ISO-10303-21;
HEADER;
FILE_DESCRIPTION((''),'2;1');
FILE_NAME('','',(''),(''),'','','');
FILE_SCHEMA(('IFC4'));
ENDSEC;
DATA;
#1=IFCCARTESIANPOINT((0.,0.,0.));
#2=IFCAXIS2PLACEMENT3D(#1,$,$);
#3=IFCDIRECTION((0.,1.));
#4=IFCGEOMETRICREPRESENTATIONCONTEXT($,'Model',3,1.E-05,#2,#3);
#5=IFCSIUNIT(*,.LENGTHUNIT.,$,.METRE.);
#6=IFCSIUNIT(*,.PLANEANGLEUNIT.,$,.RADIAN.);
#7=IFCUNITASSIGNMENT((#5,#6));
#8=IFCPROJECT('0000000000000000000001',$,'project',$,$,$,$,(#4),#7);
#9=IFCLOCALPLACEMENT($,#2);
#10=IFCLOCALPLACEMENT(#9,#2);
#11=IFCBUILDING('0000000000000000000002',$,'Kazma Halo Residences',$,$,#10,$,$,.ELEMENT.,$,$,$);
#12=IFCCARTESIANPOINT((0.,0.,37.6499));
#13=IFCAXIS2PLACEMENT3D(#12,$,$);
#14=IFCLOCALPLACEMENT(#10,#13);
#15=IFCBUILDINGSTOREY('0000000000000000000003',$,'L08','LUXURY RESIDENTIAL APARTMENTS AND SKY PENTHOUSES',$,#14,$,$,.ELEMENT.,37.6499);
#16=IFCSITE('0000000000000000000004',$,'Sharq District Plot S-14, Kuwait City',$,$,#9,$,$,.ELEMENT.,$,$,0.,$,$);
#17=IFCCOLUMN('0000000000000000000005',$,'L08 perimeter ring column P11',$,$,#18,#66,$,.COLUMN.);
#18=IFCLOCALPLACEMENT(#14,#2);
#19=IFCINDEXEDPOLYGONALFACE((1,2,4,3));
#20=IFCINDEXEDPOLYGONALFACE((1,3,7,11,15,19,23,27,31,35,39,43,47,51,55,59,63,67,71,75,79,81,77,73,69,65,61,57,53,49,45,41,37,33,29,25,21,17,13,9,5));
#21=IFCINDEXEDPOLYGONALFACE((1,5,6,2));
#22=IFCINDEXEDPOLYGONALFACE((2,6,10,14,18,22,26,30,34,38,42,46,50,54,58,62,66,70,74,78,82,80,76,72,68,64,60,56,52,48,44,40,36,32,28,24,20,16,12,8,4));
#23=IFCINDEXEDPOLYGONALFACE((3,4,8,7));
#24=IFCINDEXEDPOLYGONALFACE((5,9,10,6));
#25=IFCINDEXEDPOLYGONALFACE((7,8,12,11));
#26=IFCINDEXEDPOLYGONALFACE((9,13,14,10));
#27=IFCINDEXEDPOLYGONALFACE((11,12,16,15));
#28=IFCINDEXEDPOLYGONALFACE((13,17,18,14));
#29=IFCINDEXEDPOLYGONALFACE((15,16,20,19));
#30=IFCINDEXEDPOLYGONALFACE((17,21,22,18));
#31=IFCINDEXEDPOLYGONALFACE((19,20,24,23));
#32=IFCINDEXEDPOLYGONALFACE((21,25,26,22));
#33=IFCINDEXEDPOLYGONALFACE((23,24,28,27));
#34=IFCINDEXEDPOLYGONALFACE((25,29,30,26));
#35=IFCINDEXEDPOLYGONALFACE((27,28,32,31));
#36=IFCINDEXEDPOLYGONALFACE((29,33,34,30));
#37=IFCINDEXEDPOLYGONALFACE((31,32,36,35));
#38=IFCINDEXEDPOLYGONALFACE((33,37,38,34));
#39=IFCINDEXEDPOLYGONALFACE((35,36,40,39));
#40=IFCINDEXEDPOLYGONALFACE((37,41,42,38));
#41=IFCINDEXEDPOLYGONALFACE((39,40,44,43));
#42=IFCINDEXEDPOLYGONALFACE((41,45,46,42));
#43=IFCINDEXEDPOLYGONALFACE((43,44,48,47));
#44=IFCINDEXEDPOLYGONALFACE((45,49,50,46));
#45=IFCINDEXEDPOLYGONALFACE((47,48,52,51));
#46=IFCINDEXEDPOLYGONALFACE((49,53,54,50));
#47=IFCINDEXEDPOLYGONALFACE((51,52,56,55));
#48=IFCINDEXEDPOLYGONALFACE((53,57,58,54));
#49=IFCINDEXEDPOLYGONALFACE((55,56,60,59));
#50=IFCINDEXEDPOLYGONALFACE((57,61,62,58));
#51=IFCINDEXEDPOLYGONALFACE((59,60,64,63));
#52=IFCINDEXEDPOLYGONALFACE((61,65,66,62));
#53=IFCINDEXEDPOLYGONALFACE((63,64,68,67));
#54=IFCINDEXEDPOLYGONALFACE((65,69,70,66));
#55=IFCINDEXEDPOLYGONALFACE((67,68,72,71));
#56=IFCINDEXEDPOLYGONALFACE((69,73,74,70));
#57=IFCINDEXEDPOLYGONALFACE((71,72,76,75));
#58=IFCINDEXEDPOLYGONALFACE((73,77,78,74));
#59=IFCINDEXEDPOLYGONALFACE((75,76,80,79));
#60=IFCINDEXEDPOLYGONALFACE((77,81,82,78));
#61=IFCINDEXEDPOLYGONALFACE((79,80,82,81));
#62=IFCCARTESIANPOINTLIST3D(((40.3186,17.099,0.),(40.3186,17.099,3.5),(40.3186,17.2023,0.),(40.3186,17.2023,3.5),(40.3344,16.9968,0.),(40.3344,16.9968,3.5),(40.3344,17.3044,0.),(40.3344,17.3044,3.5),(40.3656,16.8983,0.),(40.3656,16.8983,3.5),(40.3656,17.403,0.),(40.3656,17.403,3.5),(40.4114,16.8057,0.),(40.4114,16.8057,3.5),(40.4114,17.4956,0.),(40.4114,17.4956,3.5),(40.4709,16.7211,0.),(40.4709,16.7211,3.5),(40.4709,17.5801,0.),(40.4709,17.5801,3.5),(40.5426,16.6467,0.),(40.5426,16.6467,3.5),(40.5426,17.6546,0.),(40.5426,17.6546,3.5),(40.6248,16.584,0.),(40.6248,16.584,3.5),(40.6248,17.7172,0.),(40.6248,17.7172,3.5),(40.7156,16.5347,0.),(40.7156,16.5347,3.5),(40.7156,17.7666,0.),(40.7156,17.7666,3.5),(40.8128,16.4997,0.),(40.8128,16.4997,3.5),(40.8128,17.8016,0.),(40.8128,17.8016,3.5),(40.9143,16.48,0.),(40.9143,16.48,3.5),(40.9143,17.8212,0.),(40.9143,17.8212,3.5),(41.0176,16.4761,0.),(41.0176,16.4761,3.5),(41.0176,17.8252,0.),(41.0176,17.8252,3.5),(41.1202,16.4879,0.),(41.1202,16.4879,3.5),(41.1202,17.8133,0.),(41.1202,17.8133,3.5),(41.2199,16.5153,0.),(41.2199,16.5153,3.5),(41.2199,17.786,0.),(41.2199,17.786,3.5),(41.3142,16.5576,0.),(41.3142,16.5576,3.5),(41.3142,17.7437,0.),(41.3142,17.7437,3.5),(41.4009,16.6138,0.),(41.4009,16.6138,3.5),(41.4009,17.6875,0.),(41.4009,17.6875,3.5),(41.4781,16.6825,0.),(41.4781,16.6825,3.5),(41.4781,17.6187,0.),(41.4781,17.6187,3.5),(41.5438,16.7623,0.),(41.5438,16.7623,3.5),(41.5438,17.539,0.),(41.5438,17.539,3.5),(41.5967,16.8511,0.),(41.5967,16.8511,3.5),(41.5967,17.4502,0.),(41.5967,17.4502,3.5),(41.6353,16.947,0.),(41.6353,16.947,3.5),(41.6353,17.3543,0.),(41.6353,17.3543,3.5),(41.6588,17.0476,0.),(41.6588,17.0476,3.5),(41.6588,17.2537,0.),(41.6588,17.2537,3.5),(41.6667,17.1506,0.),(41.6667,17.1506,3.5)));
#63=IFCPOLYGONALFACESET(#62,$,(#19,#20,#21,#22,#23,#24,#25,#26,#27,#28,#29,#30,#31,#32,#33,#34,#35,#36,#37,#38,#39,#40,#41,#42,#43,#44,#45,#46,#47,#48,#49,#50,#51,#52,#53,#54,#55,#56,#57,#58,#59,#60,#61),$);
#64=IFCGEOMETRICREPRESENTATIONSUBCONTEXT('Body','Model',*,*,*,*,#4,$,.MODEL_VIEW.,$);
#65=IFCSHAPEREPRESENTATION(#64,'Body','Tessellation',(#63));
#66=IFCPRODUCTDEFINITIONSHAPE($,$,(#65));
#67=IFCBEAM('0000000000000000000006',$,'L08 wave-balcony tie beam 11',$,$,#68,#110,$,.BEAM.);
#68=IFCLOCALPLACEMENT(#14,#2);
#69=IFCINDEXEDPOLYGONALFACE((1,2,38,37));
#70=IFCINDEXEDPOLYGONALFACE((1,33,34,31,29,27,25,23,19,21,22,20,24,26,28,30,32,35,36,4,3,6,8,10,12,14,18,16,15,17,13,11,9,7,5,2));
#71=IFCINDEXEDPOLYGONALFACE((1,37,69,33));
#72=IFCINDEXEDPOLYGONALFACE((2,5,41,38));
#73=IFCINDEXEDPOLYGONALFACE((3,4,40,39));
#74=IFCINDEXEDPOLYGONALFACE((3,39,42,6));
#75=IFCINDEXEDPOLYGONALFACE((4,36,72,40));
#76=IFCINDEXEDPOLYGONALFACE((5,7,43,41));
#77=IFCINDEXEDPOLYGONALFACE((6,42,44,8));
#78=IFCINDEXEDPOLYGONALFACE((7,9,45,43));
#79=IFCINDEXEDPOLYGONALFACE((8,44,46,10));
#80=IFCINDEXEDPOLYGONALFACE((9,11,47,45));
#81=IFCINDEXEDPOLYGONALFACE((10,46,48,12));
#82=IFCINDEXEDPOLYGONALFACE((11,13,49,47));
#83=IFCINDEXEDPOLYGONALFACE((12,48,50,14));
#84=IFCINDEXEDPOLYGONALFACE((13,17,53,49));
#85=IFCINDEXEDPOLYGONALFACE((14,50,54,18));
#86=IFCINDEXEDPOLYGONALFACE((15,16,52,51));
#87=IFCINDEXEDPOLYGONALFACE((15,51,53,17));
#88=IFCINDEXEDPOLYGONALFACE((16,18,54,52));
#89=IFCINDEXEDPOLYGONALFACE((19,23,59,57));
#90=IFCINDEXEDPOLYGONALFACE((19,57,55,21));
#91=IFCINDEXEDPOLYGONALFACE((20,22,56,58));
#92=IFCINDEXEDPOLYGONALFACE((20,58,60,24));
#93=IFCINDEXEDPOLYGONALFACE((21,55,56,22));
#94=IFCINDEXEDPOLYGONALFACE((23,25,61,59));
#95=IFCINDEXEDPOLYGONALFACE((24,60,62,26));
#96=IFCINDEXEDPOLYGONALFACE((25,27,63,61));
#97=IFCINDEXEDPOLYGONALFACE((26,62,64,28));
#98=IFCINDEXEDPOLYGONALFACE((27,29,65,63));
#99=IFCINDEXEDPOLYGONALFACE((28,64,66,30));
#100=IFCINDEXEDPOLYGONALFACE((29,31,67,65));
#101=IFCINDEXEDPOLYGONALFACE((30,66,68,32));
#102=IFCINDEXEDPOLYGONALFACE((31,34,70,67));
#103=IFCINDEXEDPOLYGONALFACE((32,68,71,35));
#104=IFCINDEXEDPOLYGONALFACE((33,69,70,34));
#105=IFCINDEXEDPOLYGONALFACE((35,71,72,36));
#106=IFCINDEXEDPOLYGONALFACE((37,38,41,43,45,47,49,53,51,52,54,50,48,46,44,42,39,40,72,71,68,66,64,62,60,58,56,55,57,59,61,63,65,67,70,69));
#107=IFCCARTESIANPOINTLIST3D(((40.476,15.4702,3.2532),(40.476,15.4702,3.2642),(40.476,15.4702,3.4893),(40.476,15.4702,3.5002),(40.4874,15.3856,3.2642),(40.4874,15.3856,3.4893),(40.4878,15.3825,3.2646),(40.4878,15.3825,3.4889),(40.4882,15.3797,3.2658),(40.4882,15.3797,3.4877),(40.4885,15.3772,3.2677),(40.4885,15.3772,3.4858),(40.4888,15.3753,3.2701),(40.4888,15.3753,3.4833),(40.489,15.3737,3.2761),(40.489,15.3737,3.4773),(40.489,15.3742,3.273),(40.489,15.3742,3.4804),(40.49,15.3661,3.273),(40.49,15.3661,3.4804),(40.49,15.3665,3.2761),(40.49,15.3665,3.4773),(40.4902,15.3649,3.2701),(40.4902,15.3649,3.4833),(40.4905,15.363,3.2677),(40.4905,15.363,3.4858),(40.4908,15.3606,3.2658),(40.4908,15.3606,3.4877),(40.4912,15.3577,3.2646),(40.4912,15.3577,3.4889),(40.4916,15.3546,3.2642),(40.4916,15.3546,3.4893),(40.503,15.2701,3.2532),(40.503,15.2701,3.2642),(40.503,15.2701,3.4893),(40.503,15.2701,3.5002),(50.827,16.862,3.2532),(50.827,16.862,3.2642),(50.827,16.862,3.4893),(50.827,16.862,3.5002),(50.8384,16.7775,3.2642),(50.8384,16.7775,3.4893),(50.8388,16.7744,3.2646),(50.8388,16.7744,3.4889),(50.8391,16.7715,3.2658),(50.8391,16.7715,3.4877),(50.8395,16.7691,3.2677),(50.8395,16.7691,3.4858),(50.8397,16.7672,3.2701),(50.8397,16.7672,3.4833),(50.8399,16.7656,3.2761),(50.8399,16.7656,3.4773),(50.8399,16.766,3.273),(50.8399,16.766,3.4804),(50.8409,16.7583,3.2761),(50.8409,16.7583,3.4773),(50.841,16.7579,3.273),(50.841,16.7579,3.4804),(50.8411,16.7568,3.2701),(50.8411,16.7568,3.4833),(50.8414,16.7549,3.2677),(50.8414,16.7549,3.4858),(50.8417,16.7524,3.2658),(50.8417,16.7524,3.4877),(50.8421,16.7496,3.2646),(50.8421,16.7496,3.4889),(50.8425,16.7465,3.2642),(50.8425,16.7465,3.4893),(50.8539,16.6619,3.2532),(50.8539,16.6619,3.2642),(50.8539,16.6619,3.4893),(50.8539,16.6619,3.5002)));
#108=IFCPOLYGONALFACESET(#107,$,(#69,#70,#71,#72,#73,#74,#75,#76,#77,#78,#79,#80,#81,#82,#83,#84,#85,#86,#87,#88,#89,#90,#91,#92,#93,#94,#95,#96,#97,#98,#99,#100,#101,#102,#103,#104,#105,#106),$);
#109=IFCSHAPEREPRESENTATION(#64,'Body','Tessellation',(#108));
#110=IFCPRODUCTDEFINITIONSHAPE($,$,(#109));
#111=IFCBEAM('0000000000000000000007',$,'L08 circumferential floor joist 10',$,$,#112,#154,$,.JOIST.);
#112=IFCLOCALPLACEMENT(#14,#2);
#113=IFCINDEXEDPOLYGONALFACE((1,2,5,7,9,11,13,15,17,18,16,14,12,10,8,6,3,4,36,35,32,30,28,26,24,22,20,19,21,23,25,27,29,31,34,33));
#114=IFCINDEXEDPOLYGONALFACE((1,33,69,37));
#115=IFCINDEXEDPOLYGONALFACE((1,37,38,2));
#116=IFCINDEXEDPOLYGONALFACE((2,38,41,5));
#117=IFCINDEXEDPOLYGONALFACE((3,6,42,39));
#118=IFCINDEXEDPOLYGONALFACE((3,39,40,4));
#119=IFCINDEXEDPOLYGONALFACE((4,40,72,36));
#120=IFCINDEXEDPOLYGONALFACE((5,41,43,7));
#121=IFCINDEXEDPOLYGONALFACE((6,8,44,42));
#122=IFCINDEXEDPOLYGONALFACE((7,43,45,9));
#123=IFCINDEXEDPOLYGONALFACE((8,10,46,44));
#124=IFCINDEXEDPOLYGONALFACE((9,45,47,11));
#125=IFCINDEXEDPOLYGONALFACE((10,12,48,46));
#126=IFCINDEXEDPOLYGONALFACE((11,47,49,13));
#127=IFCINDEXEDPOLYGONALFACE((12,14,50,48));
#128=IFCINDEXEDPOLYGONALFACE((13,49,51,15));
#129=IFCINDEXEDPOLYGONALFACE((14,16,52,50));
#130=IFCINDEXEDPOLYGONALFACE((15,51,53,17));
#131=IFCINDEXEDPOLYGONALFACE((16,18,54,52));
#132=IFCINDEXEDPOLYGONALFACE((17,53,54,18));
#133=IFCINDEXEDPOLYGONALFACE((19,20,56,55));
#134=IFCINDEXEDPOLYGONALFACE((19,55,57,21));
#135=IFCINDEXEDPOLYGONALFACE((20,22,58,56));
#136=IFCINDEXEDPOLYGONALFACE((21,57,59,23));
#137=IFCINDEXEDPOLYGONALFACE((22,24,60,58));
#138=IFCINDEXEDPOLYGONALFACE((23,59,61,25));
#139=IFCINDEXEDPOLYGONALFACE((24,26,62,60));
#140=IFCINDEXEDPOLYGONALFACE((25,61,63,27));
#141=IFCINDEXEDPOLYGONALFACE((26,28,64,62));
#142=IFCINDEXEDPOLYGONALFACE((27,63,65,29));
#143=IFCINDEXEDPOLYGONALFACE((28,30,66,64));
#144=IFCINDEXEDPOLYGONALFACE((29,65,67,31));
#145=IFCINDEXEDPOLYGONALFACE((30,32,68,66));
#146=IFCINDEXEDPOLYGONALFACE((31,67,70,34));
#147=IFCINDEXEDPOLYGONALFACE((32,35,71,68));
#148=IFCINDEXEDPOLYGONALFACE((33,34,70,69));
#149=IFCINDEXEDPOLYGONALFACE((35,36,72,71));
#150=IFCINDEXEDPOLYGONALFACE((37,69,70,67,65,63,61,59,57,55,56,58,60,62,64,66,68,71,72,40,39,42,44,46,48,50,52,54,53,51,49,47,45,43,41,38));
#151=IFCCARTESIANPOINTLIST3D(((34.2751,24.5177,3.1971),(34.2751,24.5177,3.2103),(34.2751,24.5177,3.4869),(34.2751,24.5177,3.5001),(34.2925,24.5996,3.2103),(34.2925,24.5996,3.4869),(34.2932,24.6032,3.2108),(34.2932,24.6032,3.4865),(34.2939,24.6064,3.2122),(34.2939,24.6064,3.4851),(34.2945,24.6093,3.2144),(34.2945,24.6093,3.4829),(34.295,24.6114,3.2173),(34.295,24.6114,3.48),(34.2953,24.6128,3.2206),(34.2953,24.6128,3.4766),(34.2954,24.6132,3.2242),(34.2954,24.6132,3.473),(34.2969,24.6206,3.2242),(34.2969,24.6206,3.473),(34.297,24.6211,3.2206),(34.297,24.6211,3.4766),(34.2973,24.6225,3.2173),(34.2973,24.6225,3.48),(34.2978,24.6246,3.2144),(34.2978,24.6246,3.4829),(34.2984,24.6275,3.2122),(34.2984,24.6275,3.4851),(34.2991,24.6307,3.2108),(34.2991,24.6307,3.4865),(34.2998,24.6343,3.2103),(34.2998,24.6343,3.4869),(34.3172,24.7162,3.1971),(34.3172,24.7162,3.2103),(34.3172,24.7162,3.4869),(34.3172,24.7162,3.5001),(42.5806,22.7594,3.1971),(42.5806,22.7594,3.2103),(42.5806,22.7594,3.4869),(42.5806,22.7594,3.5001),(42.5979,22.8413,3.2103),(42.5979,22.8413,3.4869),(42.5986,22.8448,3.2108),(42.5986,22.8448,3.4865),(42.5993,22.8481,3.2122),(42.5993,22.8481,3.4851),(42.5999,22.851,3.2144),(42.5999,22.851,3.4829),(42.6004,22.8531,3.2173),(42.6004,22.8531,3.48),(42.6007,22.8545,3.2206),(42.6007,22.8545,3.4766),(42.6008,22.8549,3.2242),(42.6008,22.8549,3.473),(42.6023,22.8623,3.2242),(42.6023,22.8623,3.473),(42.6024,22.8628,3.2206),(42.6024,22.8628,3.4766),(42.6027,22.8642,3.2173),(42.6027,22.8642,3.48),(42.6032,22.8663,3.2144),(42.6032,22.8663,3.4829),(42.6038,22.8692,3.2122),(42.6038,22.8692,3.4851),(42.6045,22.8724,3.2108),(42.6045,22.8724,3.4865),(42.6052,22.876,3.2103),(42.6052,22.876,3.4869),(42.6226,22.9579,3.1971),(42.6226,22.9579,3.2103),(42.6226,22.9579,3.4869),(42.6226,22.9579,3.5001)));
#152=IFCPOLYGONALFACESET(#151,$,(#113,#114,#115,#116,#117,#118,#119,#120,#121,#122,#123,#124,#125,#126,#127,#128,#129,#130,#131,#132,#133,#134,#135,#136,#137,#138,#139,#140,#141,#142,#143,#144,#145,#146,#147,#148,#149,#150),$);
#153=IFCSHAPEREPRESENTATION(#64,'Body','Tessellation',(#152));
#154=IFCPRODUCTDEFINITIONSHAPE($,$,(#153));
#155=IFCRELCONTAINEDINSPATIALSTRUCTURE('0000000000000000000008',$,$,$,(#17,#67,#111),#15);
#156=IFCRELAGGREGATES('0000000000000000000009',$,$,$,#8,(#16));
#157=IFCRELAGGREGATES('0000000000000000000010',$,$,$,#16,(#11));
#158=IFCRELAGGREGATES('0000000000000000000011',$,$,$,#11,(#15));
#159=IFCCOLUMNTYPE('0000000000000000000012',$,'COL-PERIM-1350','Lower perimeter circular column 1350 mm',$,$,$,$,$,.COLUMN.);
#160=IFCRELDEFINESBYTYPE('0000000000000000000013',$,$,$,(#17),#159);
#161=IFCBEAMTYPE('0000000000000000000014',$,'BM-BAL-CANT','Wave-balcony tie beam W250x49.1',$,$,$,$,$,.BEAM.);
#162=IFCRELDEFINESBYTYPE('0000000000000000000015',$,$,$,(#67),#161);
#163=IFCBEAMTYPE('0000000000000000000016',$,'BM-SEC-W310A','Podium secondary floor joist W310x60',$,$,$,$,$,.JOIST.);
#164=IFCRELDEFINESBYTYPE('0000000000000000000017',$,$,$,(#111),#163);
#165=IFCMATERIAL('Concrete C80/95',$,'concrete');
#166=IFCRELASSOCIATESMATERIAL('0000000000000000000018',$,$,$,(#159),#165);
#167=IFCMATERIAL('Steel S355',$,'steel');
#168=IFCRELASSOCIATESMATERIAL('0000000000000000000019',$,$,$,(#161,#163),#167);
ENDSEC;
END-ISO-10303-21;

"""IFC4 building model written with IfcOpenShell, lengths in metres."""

from ifc_helpers import new_model, si_unit, direction, frame, origin, origin_2d, place, context, subcontext, project, spatial, circle, i_section, extrude, material, material_profile, profile_set, type_object, element, save


model = new_model("IFC4")

# Units and contexts
model_context = context("Model", 3, precision=1e-05, world=origin(), true_north=direction((0.0, 1.0)))
body_context = subcontext(model_context, "Body", "Model", "MODEL_VIEW")
ifc_project = project(units=[si_unit("LENGTHUNIT", "METRE"), si_unit("PLANEANGLEUNIT", "RADIAN")], contexts=[model_context])

# Site, building, storey
site_placement = place(None, origin())
site = spatial("IfcSite", under=ifc_project, at=site_placement, Name="Sharq District Plot S-14, Kuwait City", CompositionType="ELEMENT", RefElevation=0.0)
building_placement = place(site_placement, origin())
building = spatial("IfcBuilding", under=site, at=building_placement, Name="Kazma Halo Residences", CompositionType="ELEMENT")
storey_placement = place(building_placement, frame((0.0, 0.0, 37.6499)))
storey = spatial("IfcBuildingStorey", under=building, at=storey_placement, Name="L08", Description="LUXURY RESIDENTIAL APARTMENTS AND SKY PENTHOUSES", CompositionType="ELEMENT", Elevation=37.6499)

# Column
ifc_material_1 = material(Name="Concrete C80/95", Category="concrete")
ifc_material_profile_1 = material_profile(ifc_material_1, circle(Radius=0.675, at=origin_2d()), Name="CIRC1350")
ifc_profile_set_1 = profile_set([ifc_material_profile_1], Name="Concrete C80/95")
column_type = type_object("IfcColumnType", Name="COL-PERIM-1350", Description="Lower perimeter circular column 1350 mm", PredefinedType="COLUMN", material=ifc_profile_set_1)
column_placement = place(storey_placement, frame((40.9917, 17.1506, 0.0), z_axis=(0.0, 0.0, 1.0), x_axis=(1.0, 0.0, 0.0)))
element("IfcColumn", 1, at=column_placement, inside=storey, type_object=column_type, Name="L08 perimeter ring column P11", PredefinedType="COLUMN", context=body_context, shape_type="SweptSolid", body=[
    extrude(circle(Radius=0.675, at=origin_2d()), origin(), (0.0, 0.0, 1.0), 3.5),
])

# Beams
ifc_material_2 = material(Name="Steel S355", Category="steel")
ifc_material_profile_2 = material_profile(ifc_material_2, i_section(OverallWidth=0.2019, OverallDepth=0.2471, WebThickness=0.0073, FlangeThickness=0.011, FilletRadius=0.012, at=origin_2d()), Name="W250x49.1")
ifc_profile_set_2 = profile_set([ifc_material_profile_2], Name="Steel S355")
beam_type_1 = type_object("IfcBeamType", Name="BM-BAL-CANT", Description="Wave-balcony tie beam W250x49.1", PredefinedType="BEAM", material=ifc_profile_set_2)
beam_1_placement = place(storey_placement, frame((40.4895, 15.3701, 3.3767), z_axis=(0.99108, 0.133268, 0.0), x_axis=(-0.133268, 0.99108, 0.0)))
element("IfcBeam", 2, at=beam_1_placement, inside=storey, type_object=beam_type_1, Name="L08 wave-balcony tie beam 11", PredefinedType="BEAM", context=body_context, shape_type="SweptSolid", body=[
    extrude(i_section(OverallWidth=0.2019, OverallDepth=0.2471, WebThickness=0.0073, FlangeThickness=0.011, FilletRadius=0.012, at=origin_2d()), origin(), (0.0, 0.0, 1.0), 10.4441),
])
ifc_material_profile_3 = material_profile(ifc_material_2, i_section(OverallWidth=0.2029, OverallDepth=0.303, WebThickness=0.0076, FlangeThickness=0.0132, FilletRadius=0.0139, at=origin_2d()), Name="W310x60")
ifc_profile_set_3 = profile_set([ifc_material_profile_3], Name="Steel S355")
beam_type_2 = type_object("IfcBeamType", Name="BM-SEC-W310A", Description="Podium secondary floor joist W310x60", PredefinedType="JOIST", material=ifc_profile_set_3)
beam_2_placement = place(storey_placement, frame((34.2961, 24.6169, 3.3486), z_axis=(0.978317, -0.207115, 0.0), x_axis=(0.207115, 0.978317, 0.0)))
element("IfcBeam", 3, at=beam_2_placement, inside=storey, type_object=beam_type_2, Name="L08 circumferential floor joist 10", PredefinedType="JOIST", context=body_context, shape_type="SweptSolid", body=[
    extrude(i_section(OverallWidth=0.2029, OverallDepth=0.303, WebThickness=0.0076, FlangeThickness=0.0132, FilletRadius=0.0139, at=origin_2d()), origin(), (0.0, 0.0, 1.0), 8.4895),
])

save(model, "model.ifc")
